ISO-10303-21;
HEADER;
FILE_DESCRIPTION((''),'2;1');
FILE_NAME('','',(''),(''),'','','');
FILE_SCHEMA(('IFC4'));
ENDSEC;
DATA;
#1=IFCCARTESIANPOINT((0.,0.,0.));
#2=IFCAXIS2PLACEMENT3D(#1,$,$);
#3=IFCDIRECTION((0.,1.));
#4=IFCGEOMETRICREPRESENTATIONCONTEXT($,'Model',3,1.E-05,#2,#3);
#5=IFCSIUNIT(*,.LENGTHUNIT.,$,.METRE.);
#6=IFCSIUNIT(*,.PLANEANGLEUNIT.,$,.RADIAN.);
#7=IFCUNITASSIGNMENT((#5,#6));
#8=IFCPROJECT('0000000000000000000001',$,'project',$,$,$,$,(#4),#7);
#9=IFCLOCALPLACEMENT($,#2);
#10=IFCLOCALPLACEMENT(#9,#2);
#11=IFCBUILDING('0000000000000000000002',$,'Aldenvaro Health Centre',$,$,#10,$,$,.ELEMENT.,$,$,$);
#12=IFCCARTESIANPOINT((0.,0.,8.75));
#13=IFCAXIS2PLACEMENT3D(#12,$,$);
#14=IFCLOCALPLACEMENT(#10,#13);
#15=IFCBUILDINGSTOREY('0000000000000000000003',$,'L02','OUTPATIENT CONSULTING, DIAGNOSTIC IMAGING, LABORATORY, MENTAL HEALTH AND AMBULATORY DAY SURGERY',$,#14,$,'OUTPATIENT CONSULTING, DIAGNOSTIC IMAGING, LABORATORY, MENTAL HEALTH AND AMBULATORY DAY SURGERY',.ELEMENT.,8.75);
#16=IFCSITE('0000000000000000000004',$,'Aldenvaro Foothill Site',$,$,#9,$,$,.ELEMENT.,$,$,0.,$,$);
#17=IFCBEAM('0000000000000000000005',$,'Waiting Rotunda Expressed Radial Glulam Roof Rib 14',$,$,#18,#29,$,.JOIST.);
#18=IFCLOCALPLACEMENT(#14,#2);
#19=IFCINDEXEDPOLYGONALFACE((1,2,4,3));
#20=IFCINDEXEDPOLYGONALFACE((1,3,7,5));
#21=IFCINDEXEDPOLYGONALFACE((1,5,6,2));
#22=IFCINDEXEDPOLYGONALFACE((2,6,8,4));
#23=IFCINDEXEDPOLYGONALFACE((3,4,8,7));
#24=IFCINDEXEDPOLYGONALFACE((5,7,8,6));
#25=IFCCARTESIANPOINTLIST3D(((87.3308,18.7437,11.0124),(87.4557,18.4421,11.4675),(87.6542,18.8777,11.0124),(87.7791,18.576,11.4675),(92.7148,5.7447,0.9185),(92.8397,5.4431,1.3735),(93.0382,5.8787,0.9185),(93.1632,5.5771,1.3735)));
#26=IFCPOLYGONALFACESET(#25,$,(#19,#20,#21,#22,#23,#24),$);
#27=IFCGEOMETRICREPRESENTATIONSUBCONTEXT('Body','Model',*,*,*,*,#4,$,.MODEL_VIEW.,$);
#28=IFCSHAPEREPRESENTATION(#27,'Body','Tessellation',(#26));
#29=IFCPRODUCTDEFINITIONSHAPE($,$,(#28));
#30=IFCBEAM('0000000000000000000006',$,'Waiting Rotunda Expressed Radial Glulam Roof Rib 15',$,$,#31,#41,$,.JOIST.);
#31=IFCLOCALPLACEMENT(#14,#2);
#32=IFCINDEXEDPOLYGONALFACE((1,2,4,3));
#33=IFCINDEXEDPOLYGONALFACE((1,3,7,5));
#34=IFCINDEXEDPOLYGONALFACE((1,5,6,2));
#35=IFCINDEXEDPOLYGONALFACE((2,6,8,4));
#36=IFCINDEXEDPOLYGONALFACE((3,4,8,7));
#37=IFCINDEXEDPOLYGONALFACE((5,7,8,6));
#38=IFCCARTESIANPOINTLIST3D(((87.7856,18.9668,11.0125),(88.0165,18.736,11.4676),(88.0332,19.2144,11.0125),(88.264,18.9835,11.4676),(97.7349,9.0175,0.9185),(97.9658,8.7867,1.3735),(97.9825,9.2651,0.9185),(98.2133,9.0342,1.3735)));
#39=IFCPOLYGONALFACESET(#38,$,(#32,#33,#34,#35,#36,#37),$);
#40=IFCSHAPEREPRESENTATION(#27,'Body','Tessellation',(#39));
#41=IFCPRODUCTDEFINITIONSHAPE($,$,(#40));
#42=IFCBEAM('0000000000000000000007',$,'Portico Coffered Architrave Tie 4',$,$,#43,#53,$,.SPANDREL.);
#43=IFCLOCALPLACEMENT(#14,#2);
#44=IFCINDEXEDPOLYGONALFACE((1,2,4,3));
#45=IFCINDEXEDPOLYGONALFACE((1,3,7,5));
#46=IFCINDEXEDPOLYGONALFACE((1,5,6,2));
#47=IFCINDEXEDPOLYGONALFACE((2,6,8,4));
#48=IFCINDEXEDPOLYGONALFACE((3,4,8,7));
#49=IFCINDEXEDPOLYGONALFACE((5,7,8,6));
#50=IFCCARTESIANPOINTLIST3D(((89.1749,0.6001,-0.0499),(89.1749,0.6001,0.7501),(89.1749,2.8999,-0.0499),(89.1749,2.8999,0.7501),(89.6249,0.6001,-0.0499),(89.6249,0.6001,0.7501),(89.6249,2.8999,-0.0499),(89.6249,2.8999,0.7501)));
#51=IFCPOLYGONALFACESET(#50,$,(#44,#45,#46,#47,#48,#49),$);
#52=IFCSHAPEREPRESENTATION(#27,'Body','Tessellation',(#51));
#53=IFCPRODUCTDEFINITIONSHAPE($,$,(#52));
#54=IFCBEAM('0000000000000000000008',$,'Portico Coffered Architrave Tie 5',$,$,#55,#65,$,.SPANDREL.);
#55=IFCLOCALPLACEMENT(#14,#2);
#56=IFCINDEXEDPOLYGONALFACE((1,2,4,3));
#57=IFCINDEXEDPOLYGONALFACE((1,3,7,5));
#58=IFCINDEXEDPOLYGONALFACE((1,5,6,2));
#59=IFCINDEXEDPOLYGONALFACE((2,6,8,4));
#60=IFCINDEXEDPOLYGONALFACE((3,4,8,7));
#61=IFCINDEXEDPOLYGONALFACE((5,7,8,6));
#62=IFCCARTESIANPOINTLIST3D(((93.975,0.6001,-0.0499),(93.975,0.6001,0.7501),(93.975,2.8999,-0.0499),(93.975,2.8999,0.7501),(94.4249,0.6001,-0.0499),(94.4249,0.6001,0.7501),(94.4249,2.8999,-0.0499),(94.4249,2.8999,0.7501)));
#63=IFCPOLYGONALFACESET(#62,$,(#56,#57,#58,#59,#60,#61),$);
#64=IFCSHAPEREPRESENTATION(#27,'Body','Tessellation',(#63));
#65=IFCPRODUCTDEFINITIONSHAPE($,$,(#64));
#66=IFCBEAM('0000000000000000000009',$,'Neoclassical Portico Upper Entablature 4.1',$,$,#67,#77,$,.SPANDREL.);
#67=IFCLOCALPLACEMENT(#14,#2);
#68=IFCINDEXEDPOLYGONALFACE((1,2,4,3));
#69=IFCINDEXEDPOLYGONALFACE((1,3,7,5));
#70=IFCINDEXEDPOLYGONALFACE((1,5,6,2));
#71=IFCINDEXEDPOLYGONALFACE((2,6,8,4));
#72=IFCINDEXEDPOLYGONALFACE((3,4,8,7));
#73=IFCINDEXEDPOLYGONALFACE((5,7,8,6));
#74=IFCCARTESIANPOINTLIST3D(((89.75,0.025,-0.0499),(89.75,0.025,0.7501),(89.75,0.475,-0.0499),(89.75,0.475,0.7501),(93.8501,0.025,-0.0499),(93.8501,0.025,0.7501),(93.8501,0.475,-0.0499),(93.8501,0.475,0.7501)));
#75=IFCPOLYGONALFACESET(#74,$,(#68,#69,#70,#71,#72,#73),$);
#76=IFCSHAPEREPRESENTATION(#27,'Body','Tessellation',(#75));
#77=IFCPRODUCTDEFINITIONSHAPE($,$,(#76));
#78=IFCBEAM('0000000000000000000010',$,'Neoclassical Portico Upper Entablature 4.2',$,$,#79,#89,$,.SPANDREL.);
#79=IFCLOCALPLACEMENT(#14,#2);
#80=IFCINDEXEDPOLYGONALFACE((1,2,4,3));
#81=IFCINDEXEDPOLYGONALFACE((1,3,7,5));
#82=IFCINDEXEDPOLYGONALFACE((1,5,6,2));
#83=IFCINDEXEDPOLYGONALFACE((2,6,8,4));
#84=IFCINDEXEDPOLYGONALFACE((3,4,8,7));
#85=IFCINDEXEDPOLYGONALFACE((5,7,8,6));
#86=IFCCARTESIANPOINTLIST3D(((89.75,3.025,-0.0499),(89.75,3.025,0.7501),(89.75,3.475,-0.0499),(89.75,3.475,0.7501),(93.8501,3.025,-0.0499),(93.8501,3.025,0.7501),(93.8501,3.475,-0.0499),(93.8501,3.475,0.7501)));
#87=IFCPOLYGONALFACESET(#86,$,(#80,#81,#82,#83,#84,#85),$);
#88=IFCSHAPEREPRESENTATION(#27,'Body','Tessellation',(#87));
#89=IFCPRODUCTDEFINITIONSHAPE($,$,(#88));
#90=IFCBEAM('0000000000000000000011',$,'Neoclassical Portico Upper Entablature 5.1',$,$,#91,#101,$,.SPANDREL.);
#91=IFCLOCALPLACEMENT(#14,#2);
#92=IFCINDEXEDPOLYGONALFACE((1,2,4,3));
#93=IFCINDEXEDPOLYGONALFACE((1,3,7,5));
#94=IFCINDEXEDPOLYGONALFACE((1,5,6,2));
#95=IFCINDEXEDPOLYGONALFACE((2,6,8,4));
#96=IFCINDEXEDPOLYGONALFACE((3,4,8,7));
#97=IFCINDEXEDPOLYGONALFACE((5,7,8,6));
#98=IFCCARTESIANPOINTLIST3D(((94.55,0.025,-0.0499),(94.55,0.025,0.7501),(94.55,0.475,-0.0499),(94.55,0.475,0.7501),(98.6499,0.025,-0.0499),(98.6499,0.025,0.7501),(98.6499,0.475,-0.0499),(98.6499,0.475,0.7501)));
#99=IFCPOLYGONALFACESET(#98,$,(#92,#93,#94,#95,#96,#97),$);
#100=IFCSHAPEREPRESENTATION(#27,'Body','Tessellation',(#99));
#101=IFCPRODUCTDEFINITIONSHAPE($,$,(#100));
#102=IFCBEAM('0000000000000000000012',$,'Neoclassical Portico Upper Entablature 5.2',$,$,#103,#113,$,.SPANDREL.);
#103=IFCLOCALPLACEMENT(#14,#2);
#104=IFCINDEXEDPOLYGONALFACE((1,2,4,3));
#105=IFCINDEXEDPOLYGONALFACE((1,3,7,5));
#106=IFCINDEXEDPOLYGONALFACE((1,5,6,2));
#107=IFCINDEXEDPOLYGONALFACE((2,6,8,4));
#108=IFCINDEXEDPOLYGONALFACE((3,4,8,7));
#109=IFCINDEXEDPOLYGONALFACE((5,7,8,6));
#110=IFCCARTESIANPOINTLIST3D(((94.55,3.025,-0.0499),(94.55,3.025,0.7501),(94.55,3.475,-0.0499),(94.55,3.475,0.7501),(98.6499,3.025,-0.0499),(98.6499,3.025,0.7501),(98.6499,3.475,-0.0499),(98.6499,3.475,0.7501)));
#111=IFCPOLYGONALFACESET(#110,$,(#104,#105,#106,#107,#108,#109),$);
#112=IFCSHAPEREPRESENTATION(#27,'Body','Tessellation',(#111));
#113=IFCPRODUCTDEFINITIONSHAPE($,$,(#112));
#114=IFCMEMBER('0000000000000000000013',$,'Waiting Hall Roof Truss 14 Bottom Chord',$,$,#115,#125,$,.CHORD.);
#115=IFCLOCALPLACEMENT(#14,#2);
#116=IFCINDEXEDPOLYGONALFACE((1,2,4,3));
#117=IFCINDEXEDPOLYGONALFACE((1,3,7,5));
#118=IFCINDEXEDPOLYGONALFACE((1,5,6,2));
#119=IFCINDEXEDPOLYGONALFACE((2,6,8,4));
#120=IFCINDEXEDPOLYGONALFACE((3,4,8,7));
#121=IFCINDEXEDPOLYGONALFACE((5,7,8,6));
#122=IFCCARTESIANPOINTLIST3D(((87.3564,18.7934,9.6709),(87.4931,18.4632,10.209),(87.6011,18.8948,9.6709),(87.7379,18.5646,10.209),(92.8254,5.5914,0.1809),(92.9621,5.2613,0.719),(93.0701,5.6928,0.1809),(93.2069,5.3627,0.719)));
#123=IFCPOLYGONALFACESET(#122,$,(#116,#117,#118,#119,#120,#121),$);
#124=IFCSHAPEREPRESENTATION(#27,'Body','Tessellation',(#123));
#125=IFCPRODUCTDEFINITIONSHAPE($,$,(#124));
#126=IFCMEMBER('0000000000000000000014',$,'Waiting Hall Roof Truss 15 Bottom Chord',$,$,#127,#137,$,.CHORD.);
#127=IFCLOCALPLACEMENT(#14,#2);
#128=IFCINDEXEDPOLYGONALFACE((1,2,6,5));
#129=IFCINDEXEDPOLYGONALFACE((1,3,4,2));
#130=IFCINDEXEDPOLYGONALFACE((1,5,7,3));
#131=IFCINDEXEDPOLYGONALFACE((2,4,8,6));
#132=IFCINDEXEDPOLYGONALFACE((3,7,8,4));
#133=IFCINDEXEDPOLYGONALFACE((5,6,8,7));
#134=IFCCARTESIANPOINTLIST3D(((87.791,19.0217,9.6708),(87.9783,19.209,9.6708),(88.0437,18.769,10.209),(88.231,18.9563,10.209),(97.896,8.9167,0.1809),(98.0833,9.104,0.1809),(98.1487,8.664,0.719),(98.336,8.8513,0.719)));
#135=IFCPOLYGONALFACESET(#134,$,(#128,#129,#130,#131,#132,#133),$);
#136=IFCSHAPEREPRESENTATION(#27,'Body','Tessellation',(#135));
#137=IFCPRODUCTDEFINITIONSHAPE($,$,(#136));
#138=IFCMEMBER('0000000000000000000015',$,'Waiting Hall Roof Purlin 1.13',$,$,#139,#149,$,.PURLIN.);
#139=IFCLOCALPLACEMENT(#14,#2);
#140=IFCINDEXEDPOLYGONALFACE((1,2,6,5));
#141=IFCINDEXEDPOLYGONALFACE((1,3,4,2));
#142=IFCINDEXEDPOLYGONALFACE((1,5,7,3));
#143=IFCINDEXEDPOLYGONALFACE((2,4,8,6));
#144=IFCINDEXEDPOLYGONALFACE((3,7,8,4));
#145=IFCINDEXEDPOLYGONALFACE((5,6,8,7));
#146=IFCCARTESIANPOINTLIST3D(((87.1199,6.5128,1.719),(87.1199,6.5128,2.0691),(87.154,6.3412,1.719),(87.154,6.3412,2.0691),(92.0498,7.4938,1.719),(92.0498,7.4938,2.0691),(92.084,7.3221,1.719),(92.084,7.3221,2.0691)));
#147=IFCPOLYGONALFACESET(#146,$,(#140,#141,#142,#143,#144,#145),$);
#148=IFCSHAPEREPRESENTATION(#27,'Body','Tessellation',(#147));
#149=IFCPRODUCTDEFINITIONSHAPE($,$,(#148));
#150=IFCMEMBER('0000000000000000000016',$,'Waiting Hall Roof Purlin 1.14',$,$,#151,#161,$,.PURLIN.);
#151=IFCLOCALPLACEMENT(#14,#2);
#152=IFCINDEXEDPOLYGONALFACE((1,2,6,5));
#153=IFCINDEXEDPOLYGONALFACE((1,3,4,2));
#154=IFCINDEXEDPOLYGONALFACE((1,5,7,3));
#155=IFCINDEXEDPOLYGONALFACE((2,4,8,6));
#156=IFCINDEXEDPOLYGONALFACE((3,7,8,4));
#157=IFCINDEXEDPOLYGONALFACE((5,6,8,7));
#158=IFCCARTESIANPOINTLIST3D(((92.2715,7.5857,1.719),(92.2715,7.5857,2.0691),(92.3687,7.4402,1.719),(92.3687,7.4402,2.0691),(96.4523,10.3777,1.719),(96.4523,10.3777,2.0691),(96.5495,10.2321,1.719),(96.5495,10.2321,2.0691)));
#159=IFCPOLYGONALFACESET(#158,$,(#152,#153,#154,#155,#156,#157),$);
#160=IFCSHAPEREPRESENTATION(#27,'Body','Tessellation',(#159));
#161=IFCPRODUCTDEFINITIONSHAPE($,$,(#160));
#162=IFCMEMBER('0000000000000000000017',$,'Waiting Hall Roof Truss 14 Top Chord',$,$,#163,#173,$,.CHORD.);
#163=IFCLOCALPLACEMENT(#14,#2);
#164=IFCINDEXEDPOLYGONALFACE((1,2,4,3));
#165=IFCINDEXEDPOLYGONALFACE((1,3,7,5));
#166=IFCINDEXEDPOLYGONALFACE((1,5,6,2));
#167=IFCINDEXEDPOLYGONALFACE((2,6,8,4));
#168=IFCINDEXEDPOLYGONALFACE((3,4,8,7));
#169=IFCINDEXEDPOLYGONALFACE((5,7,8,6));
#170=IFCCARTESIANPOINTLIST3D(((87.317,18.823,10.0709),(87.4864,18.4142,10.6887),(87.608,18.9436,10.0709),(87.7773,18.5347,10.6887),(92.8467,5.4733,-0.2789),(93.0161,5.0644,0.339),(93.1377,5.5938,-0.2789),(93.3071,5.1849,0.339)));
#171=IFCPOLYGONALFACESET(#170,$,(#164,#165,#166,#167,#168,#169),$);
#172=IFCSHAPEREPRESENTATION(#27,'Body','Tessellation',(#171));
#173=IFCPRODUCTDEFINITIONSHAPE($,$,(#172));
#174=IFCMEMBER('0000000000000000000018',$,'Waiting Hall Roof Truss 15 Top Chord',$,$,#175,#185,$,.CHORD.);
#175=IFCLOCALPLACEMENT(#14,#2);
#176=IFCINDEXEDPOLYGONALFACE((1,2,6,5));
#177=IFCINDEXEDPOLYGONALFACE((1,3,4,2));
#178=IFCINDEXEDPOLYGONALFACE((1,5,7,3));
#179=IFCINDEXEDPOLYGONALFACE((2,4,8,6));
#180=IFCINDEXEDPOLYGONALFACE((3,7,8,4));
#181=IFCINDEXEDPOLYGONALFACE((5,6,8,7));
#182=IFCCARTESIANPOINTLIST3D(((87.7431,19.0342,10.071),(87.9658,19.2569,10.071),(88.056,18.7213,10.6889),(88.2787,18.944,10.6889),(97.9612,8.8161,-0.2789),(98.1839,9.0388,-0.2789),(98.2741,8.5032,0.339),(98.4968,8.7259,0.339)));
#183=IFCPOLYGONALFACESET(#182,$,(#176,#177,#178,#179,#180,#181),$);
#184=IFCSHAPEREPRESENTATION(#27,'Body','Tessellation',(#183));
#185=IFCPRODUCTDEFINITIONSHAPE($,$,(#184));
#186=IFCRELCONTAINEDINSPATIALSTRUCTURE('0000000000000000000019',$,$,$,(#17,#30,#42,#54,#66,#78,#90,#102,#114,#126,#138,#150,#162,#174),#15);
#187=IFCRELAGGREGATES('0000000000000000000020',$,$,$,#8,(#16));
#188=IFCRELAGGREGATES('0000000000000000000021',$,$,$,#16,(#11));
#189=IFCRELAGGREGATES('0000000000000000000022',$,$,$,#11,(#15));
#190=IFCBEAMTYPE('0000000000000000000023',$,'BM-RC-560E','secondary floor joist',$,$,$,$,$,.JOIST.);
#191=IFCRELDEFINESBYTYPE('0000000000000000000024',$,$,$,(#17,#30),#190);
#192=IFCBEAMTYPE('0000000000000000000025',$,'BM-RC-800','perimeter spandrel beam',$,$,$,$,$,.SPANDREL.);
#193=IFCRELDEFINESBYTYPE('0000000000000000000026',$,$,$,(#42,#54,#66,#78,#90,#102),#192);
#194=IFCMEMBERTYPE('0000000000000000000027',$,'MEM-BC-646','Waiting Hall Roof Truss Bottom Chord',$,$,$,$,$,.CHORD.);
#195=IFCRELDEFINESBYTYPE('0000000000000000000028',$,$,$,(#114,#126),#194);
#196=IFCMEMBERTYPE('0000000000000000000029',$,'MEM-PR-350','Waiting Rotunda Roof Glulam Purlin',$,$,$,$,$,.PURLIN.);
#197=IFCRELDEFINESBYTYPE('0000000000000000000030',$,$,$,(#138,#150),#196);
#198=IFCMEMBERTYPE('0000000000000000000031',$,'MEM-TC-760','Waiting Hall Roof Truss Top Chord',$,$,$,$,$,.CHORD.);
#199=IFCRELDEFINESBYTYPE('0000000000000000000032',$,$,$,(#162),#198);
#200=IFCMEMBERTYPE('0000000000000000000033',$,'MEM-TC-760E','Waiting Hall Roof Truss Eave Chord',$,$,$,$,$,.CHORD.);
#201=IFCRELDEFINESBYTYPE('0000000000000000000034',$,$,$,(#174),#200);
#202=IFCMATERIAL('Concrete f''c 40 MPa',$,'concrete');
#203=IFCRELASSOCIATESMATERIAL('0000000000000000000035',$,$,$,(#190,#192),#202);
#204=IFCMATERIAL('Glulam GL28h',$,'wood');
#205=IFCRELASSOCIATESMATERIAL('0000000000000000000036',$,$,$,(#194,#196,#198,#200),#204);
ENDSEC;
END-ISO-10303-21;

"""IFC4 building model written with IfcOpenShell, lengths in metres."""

from ifc_helpers import new_model, si_unit, direction, frame, origin, origin_2d, place, context, subcontext, project, spatial, rectangle, extrude, material, material_profile, profile_set, type_object, element, save


model = new_model("IFC4")

# Units and contexts
model_context = context("Model", 3, precision=1e-05, world=origin(), true_north=direction((0.0, 1.0)))
body_context = subcontext(model_context, "Body", "Model", "MODEL_VIEW")
ifc_project = project(units=[si_unit("LENGTHUNIT", "METRE"), si_unit("PLANEANGLEUNIT", "RADIAN")], contexts=[model_context])

# Site, building, storey
site_placement = place(None, origin())
site = spatial("IfcSite", under=ifc_project, at=site_placement, Name="Aldenvaro Foothill Site", CompositionType="ELEMENT", RefElevation=0.0)
building_placement = place(site_placement, origin())
building = spatial("IfcBuilding", under=site, at=building_placement, Name="Aldenvaro Health Centre", CompositionType="ELEMENT")
storey_placement = place(building_placement, frame((0.0, 0.0, 8.75)))
storey = spatial("IfcBuildingStorey", under=building, at=storey_placement, Name="L02", Description="OUTPATIENT CONSULTING, DIAGNOSTIC IMAGING, LABORATORY, MENTAL HEALTH AND AMBULATORY DAY SURGERY", LongName="OUTPATIENT CONSULTING, DIAGNOSTIC IMAGING, LABORATORY, MENTAL HEALTH AND AMBULATORY DAY SURGERY", CompositionType="ELEMENT", Elevation=8.75)

# Shared definitions
ifc_material_1 = material(Name="Glulam GL28h", Category="wood")
ifc_material_2 = material(Name="Concrete f'c 40 MPa", Category="concrete")

# Beams
ifc_material_profile_1 = material_profile(ifc_material_2, rectangle(XDim=0.3501, YDim=0.5601, at=origin_2d()), Name="RC 350x560", Category="concrete")
ifc_profile_set_1 = profile_set([ifc_material_profile_1], Name="Concrete f'c 40 MPa")
beam_type_1 = type_object("IfcBeamType", Name="BM-RC-560E", Description="secondary floor joist", PredefinedType="JOIST", material=ifc_profile_set_1)
beam_1_placement = place(storey_placement, frame((92.939, 5.6609, 1.146), z_axis=(-0.310924, 0.750685, 0.582922), x_axis=(-0.923888, -0.382663, 0.0)))
element("IfcBeam", 1, at=beam_1_placement, inside=storey, type_object=beam_type_1, Name="Waiting Rotunda Expressed Radial Glulam Roof Rib 14", PredefinedType="JOIST", context=body_context, shape_type="SweptSolid", body=[
    extrude(rectangle(XDim=0.3501, YDim=0.5601, at=origin_2d()), origin(), (0.0, 0.0, 1.0), 17.3162),
])
beam_2_placement = place(storey_placement, frame((97.9741, 9.0259, 1.146), z_axis=(-0.57455, 0.57455, 0.582911), x_axis=(-0.707107, -0.707107, 0.0)))
element("IfcBeam", 2, at=beam_2_placement, inside=storey, type_object=beam_type_1, Name="Waiting Rotunda Expressed Radial Glulam Roof Rib 15", PredefinedType="JOIST", context=body_context, shape_type="SweptSolid", body=[
    extrude(rectangle(XDim=0.3501, YDim=0.5601, at=origin_2d()), origin(), (0.0, 0.0, 1.0), 17.3167),
])
ifc_material_profile_2 = material_profile(ifc_material_2, rectangle(XDim=0.45, YDim=0.8, at=origin_2d()), Name="RC 450x800", Category="concrete")
ifc_profile_set_2 = profile_set([ifc_material_profile_2], Name="Concrete f'c 40 MPa")
beam_type_2 = type_object("IfcBeamType", Name="BM-RC-800", Description="perimeter spandrel beam", PredefinedType="SPANDREL", material=ifc_profile_set_2)
for number, where, z_axis, x_axis, name in (
    (3, (89.3999, 0.6001, 0.3501), (0.0, 1.0, 0.0), (-1.0, 0.0, 0.0), "Portico Coffered Architrave Tie 4"),
    (4, (94.2, 0.6001, 0.3501), (0.0, 1.0, 0.0), (-1.0, 0.0, 0.0), "Portico Coffered Architrave Tie 5"),
):
    element("IfcBeam", number, at=place(storey_placement, frame(where, z_axis=z_axis, x_axis=x_axis)), inside=storey, type_object=beam_type_2, Name=name, PredefinedType="SPANDREL", context=body_context, shape_type="SweptSolid", body=[
        extrude(rectangle(XDim=0.45, YDim=0.8, at=origin_2d()), origin(), (0.0, 0.0, 1.0), 2.2998),
    ])
for number, where, z_axis, x_axis, name in (
    (5, (89.75, 0.25, 0.3501), (1.0, 0.0, 0.0), (0.0, 1.0, 0.0), "Neoclassical Portico Upper Entablature 4.1"),
    (6, (89.75, 3.25, 0.3501), (1.0, 0.0, 0.0), (0.0, 1.0, 0.0), "Neoclassical Portico Upper Entablature 4.2"),
):
    element("IfcBeam", number, at=place(storey_placement, frame(where, z_axis=z_axis, x_axis=x_axis)), inside=storey, type_object=beam_type_2, Name=name, PredefinedType="SPANDREL", context=body_context, shape_type="SweptSolid", body=[
        extrude(rectangle(XDim=0.45, YDim=0.8, at=origin_2d()), origin(), (0.0, 0.0, 1.0), 4.1001),
    ])
for number, where, z_axis, x_axis, name in (
    (7, (94.55, 0.25, 0.3501), (1.0, 0.0, 0.0), (0.0, 1.0, 0.0), "Neoclassical Portico Upper Entablature 5.1"),
    (8, (94.55, 3.25, 0.3501), (1.0, 0.0, 0.0), (0.0, 1.0, 0.0), "Neoclassical Portico Upper Entablature 5.2"),
):
    element("IfcBeam", number, at=place(storey_placement, frame(where, z_axis=z_axis, x_axis=x_axis)), inside=storey, type_object=beam_type_2, Name=name, PredefinedType="SPANDREL", context=body_context, shape_type="SweptSolid", body=[
        extrude(rectangle(XDim=0.45, YDim=0.8, at=origin_2d()), origin(), (0.0, 0.0, 1.0), 4.0999),
    ])

# Members
ifc_material_profile_3 = material_profile(ifc_material_1, rectangle(XDim=0.2649, YDim=0.646, at=origin_2d()), Name="GL 265x646", Category="wood")
ifc_profile_set_3 = profile_set([ifc_material_profile_3], Name="Glulam GL28h")
member_type_1 = type_object("IfcMemberType", Name="MEM-BC-646", Description="Waiting Hall Roof Truss Bottom Chord", PredefinedType="CHORD", material=ifc_profile_set_3)
member_1_placement = place(storey_placement, frame((93.0161, 5.4771, 0.45), z_axis=(-0.318817, 0.76961, 0.553223), x_axis=(-0.923865, -0.382718, 0.0)))
element("IfcMember", 9, at=member_1_placement, inside=storey, type_object=member_type_1, Name="Waiting Hall Roof Truss 14 Bottom Chord", PredefinedType="CHORD", context=body_context, shape_type="SweptSolid", body=[
    extrude(rectangle(XDim=0.2649, YDim=0.646, at=origin_2d()), origin(), (0.0, 0.0, 1.0), 17.1541),
])
member_2_placement = place(storey_placement, frame((98.116, 8.884, 0.45), z_axis=(-0.589053, 0.589053, 0.553203), x_axis=(-0.707107, -0.707107, 0.0)))
element("IfcMember", 10, at=member_2_placement, inside=storey, type_object=member_type_1, Name="Waiting Hall Roof Truss 15 Bottom Chord", PredefinedType="CHORD", context=body_context, shape_type="SweptSolid", body=[
    extrude(rectangle(XDim=0.2649, YDim=0.646, at=origin_2d()), origin(), (0.0, 0.0, 1.0), 17.1545),
])
ifc_material_profile_4 = material_profile(ifc_material_1, rectangle(XDim=0.175, YDim=0.3501, at=origin_2d()), Name="GL 175x350", Category="wood")
ifc_profile_set_4 = profile_set([ifc_material_profile_4], Name="Glulam GL28h")
member_type_2 = type_object("IfcMemberType", Name="MEM-PR-350", Description="Waiting Rotunda Roof Glulam Purlin", PredefinedType="PURLIN", material=ifc_profile_set_4)
member_3_placement = place(storey_placement, frame((87.137, 6.427, 1.894), z_axis=(0.980773, 0.195154, 0.0), x_axis=(-0.195154, 0.980773, 0.0)))
element("IfcMember", 11, at=member_3_placement, inside=storey, type_object=member_type_2, Name="Waiting Hall Roof Purlin 1.13", PredefinedType="PURLIN", context=body_context, shape_type="SweptSolid", body=[
    extrude(rectangle(XDim=0.175, YDim=0.3501, at=origin_2d()), origin(), (0.0, 0.0, 1.0), 5.0266),
])
member_4_placement = place(storey_placement, frame((92.3201, 7.5129, 1.894), z_axis=(0.831617, 0.55535, 0.0), x_axis=(-0.55535, 0.831617, 0.0)))
element("IfcMember", 12, at=member_4_placement, inside=storey, type_object=member_type_2, Name="Waiting Hall Roof Purlin 1.14", PredefinedType="PURLIN", context=body_context, shape_type="SweptSolid", body=[
    extrude(rectangle(XDim=0.175, YDim=0.3501, at=origin_2d()), origin(), (0.0, 0.0, 1.0), 5.0273),
])
ifc_material_profile_5 = material_profile(ifc_material_1, rectangle(XDim=0.3149, YDim=0.76, at=origin_2d()), Name="GL 315x760", Category="wood")
ifc_profile_set_5 = profile_set([ifc_material_profile_5], Name="Glulam GL28h")
member_type_3 = type_object("IfcMemberType", Name="MEM-TC-760", Description="Waiting Hall Roof Truss Top Chord", PredefinedType="CHORD", material=ifc_profile_set_5)
member_5_placement = place(storey_placement, frame((93.0769, 5.3291, 0.03), z_axis=(-0.311116, 0.751087, 0.582302), x_axis=(-0.923877, -0.382689, 0.0)))
element("IfcMember", 13, at=member_5_placement, inside=storey, type_object=member_type_3, Name="Waiting Hall Roof Truss 14 Top Chord", PredefinedType="CHORD", context=body_context, shape_type="SweptSolid", body=[
    extrude(rectangle(XDim=0.3149, YDim=0.76, at=origin_2d()), origin(), (0.0, 0.0, 1.0), 17.7739),
])
ifc_material_profile_6 = material_profile(ifc_material_1, rectangle(XDim=0.3149, YDim=0.76, at=origin_2d()), Name="GL 315x760", Category="wood")
ifc_profile_set_6 = profile_set([ifc_material_profile_6], Name="Glulam GL28h")
member_type_4 = type_object("IfcMemberType", Name="MEM-TC-760E", Description="Waiting Hall Roof Truss Eave Chord", PredefinedType="CHORD", material=ifc_profile_set_6)
member_6_placement = place(storey_placement, frame((98.229, 8.771, 0.03), z_axis=(-0.574867, 0.574867, 0.582284), x_axis=(-0.707107, -0.707107, 0.0)))
element("IfcMember", 14, at=member_6_placement, inside=storey, type_object=member_type_4, Name="Waiting Hall Roof Truss 15 Top Chord", PredefinedType="CHORD", context=body_context, shape_type="SweptSolid", body=[
    extrude(rectangle(XDim=0.3149, YDim=0.76, at=origin_2d()), origin(), (0.0, 0.0, 1.0), 17.7747),
])

save(model, "model.ifc")
